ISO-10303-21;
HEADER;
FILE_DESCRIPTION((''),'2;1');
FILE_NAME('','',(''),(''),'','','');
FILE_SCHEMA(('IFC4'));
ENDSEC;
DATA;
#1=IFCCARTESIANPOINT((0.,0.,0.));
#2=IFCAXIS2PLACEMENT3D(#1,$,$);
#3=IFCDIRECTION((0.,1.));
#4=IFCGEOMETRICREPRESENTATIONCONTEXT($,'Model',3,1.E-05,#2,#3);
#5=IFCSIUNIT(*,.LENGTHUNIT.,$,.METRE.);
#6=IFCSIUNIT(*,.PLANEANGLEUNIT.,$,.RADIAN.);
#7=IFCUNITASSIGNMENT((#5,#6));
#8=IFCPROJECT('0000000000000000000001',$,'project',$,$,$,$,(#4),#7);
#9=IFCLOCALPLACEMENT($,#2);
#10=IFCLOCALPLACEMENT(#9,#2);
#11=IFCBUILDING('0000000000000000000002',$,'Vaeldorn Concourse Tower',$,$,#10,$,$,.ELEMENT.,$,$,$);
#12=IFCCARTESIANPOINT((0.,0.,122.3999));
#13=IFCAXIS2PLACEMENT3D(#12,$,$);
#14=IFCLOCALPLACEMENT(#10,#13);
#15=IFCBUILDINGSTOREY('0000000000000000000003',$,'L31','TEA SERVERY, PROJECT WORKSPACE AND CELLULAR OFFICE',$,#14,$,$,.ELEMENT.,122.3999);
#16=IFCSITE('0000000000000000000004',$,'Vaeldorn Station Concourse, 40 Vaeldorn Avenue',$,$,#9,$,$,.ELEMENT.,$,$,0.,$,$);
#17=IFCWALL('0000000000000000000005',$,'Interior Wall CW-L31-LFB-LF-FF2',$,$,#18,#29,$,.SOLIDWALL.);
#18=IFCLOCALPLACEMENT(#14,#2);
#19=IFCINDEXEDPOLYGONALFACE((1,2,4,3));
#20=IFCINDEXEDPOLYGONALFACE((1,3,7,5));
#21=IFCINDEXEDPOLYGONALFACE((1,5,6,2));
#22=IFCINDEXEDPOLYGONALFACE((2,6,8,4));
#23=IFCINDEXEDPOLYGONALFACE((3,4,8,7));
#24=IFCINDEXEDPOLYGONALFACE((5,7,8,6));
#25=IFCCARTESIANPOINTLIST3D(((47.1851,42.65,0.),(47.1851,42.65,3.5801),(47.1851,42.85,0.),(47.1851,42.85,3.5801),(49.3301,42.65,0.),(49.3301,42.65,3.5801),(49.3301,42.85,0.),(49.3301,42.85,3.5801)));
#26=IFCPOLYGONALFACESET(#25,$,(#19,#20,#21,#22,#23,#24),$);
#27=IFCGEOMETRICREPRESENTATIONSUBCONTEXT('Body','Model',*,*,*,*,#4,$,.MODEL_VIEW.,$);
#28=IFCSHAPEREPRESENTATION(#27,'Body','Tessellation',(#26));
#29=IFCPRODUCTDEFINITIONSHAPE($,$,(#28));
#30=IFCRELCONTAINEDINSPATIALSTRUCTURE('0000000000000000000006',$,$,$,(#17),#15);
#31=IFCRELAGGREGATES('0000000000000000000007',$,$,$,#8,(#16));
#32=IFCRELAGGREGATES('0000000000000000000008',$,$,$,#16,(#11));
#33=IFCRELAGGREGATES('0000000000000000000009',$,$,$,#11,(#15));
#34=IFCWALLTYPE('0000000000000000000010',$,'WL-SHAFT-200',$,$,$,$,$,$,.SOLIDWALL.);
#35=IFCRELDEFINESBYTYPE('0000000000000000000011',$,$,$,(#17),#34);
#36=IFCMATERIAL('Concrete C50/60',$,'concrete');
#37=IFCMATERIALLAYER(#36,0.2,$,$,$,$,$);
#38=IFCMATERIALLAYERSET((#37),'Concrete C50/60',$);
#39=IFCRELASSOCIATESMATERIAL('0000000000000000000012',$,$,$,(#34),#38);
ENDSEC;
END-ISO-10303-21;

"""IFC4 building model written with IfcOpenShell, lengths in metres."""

from ifc_helpers import new_model, si_unit, direction, frame, frame_2d, origin, place, context, subcontext, project, spatial, rectangle, extrude, material, layer, layer_set, type_object, element, save


model = new_model("IFC4")

# Units and contexts
model_context = context("Model", 3, precision=1e-05, world=origin(), true_north=direction((0.0, 1.0)))
body_context = subcontext(model_context, "Body", "Model", "MODEL_VIEW")
ifc_project = project(units=[si_unit("LENGTHUNIT", "METRE"), si_unit("PLANEANGLEUNIT", "RADIAN")], contexts=[model_context])

# Site, building, storey
site_placement = place(None, origin())
site = spatial("IfcSite", under=ifc_project, at=site_placement, Name="Vaeldorn Station Concourse, 40 Vaeldorn Avenue", CompositionType="ELEMENT", RefElevation=0.0)
building_placement = place(site_placement, origin())
building = spatial("IfcBuilding", under=site, at=building_placement, Name="Vaeldorn Concourse Tower", CompositionType="ELEMENT")
storey_placement = place(building_placement, frame((0.0, 0.0, 122.3999)))
storey = spatial("IfcBuildingStorey", under=building, at=storey_placement, Name="L31", Description="TEA SERVERY, PROJECT WORKSPACE AND CELLULAR OFFICE", CompositionType="ELEMENT", Elevation=122.3999)

# Shared definitions
ifc_material_1 = material(Name="Concrete C50/60", Category="concrete")
ifc_layer_1 = layer(ifc_material_1, 0.2)
ifc_layer_set_1 = layer_set([ifc_layer_1], Name="Concrete C50/60")
wall_type_1 = type_object("IfcWallType", Name="WL-SHAFT-200", PredefinedType="SOLIDWALL", material=ifc_layer_set_1)

# Wall
wall_1_placement = place(storey_placement, frame((47.1851, 42.75, 0.0), z_axis=(0.0, 0.0, 1.0), x_axis=(1.0, 0.0, 0.0)))
element("IfcWall", 1, at=wall_1_placement, inside=storey, type_object=wall_type_1, Name="Interior Wall CW-L31-LFB-LF-FF2", PredefinedType="SOLIDWALL", context=body_context, shape_type="SweptSolid", body=[
    extrude(rectangle(XDim=2.145, YDim=0.2, at=frame_2d((1.0725, 0.0))), origin(), (0.0, 0.0, 1.0), 3.5801),
])

save(model, "model.ifc")
